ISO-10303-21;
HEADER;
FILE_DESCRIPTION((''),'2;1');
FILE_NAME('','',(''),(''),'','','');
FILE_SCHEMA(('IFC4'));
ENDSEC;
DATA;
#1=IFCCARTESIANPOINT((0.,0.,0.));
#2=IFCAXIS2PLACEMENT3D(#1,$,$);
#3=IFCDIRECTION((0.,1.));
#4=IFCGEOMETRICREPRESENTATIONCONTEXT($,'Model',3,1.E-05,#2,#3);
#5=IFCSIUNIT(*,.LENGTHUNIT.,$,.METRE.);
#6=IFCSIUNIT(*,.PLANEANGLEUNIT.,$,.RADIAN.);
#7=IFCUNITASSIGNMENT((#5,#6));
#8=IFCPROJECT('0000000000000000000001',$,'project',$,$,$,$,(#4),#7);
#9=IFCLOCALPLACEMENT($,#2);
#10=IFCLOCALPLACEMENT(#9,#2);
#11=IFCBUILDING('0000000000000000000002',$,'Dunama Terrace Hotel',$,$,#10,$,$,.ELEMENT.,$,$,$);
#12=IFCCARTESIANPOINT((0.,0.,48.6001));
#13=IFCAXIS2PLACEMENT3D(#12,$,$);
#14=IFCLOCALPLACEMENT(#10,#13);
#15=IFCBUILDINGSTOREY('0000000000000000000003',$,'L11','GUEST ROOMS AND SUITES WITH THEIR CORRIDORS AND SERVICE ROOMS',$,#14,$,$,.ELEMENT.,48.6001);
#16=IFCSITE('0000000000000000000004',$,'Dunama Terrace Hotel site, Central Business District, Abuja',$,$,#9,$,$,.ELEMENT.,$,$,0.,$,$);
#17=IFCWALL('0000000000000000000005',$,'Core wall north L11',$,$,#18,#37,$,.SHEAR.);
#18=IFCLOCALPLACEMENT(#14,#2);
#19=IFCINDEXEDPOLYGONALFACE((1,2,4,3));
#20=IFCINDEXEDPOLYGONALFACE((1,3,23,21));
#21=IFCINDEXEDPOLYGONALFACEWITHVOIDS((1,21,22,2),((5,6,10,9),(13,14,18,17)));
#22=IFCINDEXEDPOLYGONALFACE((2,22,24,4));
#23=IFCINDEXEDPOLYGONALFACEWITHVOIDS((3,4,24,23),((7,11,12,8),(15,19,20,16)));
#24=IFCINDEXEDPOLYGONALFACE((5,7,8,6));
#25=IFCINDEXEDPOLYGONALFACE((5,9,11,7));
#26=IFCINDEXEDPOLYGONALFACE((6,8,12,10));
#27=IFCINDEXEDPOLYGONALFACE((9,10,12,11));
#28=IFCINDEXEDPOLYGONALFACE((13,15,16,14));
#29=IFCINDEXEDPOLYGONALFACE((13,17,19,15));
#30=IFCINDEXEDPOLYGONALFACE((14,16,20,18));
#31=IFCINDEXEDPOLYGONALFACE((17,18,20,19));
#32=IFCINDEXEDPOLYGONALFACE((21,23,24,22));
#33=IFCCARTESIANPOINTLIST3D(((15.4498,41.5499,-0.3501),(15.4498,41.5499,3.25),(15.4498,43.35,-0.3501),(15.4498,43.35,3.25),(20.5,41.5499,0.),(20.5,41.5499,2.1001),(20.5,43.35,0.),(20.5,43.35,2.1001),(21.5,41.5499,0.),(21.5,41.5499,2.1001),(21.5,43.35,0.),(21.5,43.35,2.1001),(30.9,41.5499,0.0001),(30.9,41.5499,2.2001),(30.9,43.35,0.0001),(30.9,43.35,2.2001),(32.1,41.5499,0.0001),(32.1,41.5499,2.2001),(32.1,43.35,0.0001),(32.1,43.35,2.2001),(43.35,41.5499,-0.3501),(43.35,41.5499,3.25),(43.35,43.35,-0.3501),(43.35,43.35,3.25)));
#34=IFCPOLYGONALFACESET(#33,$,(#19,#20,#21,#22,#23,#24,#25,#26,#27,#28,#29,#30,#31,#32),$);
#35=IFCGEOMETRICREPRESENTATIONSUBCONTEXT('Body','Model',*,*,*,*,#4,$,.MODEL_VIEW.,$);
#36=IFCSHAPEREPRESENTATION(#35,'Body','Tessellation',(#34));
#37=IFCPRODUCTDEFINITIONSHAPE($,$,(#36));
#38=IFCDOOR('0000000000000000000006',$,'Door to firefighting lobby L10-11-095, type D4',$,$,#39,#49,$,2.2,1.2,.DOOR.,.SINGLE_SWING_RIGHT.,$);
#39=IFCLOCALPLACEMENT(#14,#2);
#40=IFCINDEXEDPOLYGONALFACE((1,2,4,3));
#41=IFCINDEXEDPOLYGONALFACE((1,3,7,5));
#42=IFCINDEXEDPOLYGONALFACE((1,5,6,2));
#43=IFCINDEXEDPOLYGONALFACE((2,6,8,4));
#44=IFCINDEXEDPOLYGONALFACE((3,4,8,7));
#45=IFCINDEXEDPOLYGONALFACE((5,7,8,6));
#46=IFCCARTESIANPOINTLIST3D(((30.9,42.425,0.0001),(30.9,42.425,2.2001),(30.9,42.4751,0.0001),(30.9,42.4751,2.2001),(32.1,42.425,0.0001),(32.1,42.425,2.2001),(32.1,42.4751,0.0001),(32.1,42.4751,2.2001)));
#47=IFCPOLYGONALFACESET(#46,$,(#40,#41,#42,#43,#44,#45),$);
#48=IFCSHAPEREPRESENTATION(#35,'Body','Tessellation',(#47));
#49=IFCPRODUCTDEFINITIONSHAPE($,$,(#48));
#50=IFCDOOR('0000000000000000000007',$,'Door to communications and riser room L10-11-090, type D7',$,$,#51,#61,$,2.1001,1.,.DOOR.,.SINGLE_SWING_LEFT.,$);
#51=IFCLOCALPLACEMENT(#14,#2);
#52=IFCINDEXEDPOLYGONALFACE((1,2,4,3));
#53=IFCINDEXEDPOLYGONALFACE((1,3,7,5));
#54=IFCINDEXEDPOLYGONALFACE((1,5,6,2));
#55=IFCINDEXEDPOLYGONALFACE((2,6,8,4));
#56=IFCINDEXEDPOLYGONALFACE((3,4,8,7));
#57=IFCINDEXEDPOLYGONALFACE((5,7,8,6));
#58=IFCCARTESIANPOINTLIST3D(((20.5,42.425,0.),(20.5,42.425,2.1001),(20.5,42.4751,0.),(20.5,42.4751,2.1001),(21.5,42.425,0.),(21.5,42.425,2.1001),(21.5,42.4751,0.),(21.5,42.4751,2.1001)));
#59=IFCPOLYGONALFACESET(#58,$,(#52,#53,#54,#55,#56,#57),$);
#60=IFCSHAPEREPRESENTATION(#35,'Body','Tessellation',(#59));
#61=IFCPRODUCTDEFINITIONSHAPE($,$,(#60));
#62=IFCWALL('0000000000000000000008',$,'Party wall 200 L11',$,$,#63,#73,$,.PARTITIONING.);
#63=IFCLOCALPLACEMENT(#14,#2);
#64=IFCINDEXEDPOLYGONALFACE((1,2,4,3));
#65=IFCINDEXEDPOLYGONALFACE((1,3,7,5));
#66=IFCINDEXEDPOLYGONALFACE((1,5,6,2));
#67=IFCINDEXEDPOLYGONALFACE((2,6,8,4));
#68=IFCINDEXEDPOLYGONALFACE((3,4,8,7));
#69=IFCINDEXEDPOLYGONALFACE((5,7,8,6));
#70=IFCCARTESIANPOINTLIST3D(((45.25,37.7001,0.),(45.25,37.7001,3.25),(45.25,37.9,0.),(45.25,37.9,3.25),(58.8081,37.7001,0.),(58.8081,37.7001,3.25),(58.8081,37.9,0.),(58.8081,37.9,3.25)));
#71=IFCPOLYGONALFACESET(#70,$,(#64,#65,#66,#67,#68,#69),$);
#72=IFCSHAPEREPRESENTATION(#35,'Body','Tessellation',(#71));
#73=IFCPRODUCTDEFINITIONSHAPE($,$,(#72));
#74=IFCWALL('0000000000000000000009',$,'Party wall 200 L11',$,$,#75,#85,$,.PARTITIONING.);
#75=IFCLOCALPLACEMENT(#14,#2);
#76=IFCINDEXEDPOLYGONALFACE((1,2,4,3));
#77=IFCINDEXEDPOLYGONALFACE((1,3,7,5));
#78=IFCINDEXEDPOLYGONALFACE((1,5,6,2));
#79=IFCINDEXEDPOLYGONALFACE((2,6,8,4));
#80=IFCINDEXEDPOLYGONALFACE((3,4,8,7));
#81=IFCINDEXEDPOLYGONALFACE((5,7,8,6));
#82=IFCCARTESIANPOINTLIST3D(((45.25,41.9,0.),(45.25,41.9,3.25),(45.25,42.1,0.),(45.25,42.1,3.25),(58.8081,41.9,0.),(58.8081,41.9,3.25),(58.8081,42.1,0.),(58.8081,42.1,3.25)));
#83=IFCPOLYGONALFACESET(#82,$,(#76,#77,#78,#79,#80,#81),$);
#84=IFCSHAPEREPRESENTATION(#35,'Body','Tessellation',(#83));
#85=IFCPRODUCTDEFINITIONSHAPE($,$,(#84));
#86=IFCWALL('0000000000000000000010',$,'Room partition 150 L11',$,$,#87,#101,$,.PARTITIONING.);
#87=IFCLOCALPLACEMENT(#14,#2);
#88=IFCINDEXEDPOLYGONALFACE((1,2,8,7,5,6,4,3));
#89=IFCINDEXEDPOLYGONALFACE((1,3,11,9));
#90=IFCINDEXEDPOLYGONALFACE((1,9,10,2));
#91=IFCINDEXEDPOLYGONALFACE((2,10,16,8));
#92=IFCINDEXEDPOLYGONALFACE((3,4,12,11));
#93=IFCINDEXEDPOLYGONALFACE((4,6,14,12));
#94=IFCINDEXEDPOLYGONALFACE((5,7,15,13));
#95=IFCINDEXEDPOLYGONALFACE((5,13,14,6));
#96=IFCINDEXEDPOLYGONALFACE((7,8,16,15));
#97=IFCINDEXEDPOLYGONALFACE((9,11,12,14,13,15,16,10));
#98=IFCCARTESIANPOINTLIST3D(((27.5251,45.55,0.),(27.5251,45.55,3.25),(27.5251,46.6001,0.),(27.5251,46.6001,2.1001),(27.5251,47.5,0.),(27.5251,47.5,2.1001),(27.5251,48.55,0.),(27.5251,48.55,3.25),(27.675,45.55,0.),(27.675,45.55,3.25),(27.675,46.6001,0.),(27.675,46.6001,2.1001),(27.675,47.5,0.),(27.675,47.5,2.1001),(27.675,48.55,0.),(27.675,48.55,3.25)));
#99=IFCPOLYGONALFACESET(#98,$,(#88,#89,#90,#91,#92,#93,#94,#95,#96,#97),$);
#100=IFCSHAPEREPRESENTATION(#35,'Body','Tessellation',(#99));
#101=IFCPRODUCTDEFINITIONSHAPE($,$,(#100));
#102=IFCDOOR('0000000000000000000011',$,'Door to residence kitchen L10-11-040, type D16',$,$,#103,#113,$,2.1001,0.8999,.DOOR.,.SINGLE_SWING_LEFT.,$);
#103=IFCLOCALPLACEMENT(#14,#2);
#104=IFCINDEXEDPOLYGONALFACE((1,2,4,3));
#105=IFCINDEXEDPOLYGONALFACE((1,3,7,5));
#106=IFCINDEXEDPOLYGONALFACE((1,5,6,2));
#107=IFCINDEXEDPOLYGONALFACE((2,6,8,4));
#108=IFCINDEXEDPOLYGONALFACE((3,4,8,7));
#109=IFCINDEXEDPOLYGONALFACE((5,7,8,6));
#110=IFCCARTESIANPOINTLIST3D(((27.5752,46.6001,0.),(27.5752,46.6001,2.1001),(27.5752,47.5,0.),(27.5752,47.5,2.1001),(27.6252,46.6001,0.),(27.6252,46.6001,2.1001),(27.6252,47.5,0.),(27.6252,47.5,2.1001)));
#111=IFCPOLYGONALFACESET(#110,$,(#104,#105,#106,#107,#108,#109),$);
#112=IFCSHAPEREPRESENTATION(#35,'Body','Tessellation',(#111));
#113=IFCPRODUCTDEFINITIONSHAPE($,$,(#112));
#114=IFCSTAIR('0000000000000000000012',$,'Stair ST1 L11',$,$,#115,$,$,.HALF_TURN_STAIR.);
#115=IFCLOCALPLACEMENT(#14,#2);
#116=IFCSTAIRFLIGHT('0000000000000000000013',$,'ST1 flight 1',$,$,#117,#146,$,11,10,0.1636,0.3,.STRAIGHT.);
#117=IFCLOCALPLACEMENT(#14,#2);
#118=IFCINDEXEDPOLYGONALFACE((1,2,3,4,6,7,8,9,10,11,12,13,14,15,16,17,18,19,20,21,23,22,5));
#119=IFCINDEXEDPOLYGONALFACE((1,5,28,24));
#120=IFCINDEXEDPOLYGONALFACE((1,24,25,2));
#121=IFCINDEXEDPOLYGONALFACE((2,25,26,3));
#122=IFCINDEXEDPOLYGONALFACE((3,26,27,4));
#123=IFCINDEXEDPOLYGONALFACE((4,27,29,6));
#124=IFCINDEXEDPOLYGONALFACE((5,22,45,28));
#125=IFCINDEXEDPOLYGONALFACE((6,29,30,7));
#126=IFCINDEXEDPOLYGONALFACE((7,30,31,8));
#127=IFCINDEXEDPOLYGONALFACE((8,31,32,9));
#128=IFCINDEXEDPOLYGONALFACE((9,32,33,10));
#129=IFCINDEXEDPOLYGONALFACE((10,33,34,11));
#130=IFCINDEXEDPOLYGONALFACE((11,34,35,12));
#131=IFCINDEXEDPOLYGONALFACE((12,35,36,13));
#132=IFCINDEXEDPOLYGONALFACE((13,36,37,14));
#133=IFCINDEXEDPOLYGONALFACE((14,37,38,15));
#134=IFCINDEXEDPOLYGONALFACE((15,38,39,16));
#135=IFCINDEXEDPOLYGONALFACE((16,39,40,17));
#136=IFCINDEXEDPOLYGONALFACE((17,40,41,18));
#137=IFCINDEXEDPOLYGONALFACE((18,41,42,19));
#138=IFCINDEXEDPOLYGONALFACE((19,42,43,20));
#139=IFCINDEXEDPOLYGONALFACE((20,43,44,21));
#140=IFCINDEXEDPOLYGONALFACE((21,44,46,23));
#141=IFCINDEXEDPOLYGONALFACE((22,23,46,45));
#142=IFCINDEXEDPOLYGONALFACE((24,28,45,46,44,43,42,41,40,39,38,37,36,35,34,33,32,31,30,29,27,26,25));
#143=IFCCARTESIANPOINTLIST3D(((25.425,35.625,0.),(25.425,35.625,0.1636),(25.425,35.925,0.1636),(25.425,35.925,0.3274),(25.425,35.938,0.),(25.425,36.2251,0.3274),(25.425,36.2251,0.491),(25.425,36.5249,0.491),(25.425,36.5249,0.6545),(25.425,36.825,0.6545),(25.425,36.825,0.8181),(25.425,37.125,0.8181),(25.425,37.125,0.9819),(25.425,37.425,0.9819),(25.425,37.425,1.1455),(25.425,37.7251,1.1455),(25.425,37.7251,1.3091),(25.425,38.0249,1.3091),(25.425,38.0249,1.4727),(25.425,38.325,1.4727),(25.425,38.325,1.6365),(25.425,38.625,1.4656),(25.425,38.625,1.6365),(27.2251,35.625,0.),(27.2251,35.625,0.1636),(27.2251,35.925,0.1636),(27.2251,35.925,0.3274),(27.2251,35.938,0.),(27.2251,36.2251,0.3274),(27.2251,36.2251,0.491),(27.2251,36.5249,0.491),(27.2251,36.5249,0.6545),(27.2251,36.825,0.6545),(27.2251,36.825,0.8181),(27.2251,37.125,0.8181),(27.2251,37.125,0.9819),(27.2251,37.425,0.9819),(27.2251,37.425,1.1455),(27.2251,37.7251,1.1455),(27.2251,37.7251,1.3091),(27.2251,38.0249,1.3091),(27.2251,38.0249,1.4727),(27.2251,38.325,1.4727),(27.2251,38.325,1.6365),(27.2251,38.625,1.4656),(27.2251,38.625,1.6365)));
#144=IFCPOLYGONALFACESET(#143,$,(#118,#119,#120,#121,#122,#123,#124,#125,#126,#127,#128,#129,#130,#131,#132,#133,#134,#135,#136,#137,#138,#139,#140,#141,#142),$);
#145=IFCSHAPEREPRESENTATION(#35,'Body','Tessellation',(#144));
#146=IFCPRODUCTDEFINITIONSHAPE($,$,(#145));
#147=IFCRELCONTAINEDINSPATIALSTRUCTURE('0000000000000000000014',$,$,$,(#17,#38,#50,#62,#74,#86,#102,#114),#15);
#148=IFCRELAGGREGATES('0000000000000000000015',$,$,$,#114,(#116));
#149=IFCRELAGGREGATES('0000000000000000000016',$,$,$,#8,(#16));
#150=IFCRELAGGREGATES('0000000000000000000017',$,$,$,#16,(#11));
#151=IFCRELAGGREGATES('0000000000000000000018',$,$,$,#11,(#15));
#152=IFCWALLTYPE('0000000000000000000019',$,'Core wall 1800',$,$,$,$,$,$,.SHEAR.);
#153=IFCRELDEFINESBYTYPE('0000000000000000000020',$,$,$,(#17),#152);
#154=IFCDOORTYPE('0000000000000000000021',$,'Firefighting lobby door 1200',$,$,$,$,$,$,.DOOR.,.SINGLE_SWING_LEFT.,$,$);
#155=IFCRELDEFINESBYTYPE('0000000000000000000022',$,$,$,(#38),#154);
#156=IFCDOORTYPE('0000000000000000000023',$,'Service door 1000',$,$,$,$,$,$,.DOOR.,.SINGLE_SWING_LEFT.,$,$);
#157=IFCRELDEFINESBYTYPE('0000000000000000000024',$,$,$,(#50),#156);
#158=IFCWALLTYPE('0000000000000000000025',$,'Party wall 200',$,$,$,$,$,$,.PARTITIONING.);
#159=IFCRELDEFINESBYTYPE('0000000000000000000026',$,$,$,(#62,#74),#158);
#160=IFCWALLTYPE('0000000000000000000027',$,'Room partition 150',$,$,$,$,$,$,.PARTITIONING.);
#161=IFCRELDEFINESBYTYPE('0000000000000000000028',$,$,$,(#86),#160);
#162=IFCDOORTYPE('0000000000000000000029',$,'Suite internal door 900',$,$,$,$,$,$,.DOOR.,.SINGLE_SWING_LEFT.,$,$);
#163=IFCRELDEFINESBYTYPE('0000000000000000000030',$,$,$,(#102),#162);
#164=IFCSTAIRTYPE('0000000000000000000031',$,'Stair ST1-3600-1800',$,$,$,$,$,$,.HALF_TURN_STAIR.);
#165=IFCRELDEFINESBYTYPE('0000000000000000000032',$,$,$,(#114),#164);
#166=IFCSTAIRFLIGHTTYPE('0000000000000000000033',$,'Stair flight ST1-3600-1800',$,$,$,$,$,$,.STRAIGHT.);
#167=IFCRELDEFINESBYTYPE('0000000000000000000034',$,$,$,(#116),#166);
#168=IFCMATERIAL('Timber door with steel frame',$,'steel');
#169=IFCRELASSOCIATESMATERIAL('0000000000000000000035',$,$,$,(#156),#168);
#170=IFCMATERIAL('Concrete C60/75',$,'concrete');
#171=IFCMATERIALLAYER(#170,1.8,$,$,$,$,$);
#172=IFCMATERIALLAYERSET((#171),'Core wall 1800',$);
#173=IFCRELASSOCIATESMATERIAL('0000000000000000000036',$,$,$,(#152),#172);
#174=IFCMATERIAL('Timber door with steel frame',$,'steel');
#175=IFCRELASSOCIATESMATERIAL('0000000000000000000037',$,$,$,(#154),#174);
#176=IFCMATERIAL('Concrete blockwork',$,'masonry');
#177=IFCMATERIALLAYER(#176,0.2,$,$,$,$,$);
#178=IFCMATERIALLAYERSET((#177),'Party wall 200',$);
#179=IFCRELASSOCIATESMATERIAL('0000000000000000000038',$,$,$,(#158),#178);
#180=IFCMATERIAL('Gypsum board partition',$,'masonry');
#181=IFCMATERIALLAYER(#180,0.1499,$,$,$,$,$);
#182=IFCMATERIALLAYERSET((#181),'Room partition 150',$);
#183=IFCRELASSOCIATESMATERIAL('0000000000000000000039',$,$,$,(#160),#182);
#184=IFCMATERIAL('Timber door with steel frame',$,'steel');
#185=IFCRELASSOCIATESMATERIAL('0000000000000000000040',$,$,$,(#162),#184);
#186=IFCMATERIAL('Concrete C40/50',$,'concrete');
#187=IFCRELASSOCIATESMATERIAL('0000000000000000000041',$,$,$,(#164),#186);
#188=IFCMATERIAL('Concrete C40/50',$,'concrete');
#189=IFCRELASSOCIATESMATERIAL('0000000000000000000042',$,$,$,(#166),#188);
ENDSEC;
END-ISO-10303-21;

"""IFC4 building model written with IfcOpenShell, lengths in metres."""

from ifc_helpers import new_model, si_unit, direction, frame, frame_2d, origin, place, context, subcontext, project, spatial, polyline, rectangle, outline, extrude, material, layer, layer_set, type_object, element, fill, aggregate, save


model = new_model("IFC4")

# Units and contexts
model_context = context("Model", 3, precision=1e-05, world=origin(), true_north=direction((0.0, 1.0)))
body_context = subcontext(model_context, "Body", "Model", "MODEL_VIEW")
ifc_project = project(units=[si_unit("LENGTHUNIT", "METRE"), si_unit("PLANEANGLEUNIT", "RADIAN")], contexts=[model_context])

# Site, building, storey
site_placement = place(None, origin())
site = spatial("IfcSite", under=ifc_project, at=site_placement, Name="Dunama Terrace Hotel site, Central Business District, Abuja", CompositionType="ELEMENT", RefElevation=0.0)
building_placement = place(site_placement, origin())
building = spatial("IfcBuilding", under=site, at=building_placement, Name="Dunama Terrace Hotel", CompositionType="ELEMENT")
storey_placement = place(building_placement, frame((0.0, 0.0, 48.6001)))
storey = spatial("IfcBuildingStorey", under=building, at=storey_placement, Name="L11", Description="GUEST ROOMS AND SUITES WITH THEIR CORRIDORS AND SERVICE ROOMS", CompositionType="ELEMENT", Elevation=48.6001)

# Shared definitions
ifc_material_1 = material(Name="Timber door with steel frame", Category="steel")
door_type_1 = type_object("IfcDoorType", Name="Service door 1000", OperationType="SINGLE_SWING_LEFT", PredefinedType="DOOR", material=ifc_material_1)

# Wall, openings, doors
ifc_material_2 = material(Name="Concrete C60/75", Category="concrete")
ifc_layer_1 = layer(ifc_material_2, 1.8)
ifc_layer_set_1 = layer_set([ifc_layer_1], Name="Core wall 1800")
wall_type_1 = type_object("IfcWallType", Name="Core wall 1800", PredefinedType="SHEAR", material=ifc_layer_set_1)
wall_1_placement = place(storey_placement, frame((43.3501, 42.45, -0.3501), z_axis=(0.0, 0.0, 1.0), x_axis=(-1.0, 0.0, 0.0)))
wall_1 = element("IfcWall", 1, at=wall_1_placement, inside=storey, type_object=wall_type_1, Name="Core wall north L11", PredefinedType="SHEAR", context=body_context, shape_type="SweptSolid", body=[
    extrude(rectangle(XDim=27.9001, YDim=1.8, at=frame_2d((13.9502, 0.0))), origin(), (0.0, 0.0, 1.0), 3.6001),
])
opening_1_placement = place(wall_1_placement, frame((21.8501, 0.0, 0.3501)))
opening_1 = element("IfcOpeningElement", 2, at=opening_1_placement, cuts=wall_1, PredefinedType="OPENING", context=body_context, shape_type="SweptSolid", body=[
    extrude(rectangle(XDim=1.0, YDim=2.1001, at=frame_2d((0.5, 1.05))), frame((0.0, 0.9099, 0.0), z_axis=(0.0, -1.0, 0.0), x_axis=(1.0, 0.0, 0.0)), (0.0, 0.0, 1.0), 1.8201),
])
opening_2_placement = place(wall_1_placement, frame((11.25, 0.0, 0.3501)))
opening_2 = element("IfcOpeningElement", 3, at=opening_2_placement, cuts=wall_1, PredefinedType="OPENING", context=body_context, shape_type="SweptSolid", body=[
    extrude(rectangle(XDim=1.2, YDim=2.2, at=frame_2d((0.6001, 1.1001))), frame((0.0, 0.9099, 0.0), z_axis=(0.0, -1.0, 0.0), x_axis=(1.0, 0.0, 0.0)), (0.0, 0.0, 1.0), 1.8201),
])
ifc_material_3 = material(Name="Timber door with steel frame", Category="steel")
door_type_2 = type_object("IfcDoorType", Name="Firefighting lobby door 1200", OperationType="SINGLE_SWING_LEFT", PredefinedType="DOOR", material=ifc_material_3)
door_1_placement = place(opening_2_placement, origin())
door_1 = element("IfcDoor", 4, at=door_1_placement, inside=storey, type_object=door_type_2, Name="Door to firefighting lobby L10-11-095, type D4", OperationType="SINGLE_SWING_RIGHT", OverallHeight=2.2, OverallWidth=1.2, PredefinedType="DOOR", context=body_context, shape_type="SweptSolid", body=[
    extrude(rectangle(XDim=1.2, YDim=2.2, at=frame_2d((0.6001, 1.1001))), frame((0.0, 0.0249, 0.0), z_axis=(0.0, -1.0, 0.0), x_axis=(1.0, 0.0, 0.0)), (0.0, 0.0, 1.0), 0.05),
])
fill(opening_2, door_1)
door_2_placement = place(opening_1_placement, origin())
door_2 = element("IfcDoor", 5, at=door_2_placement, inside=storey, type_object=door_type_1, Name="Door to communications and riser room L10-11-090, type D7", OperationType="SINGLE_SWING_LEFT", OverallHeight=2.1001, OverallWidth=1.0, PredefinedType="DOOR", context=body_context, shape_type="SweptSolid", body=[
    extrude(rectangle(XDim=1.0, YDim=2.1001, at=frame_2d((0.5, 1.05))), frame((0.0, 0.0249, 0.0), z_axis=(0.0, -1.0, 0.0), x_axis=(1.0, 0.0, 0.0)), (0.0, 0.0, 1.0), 0.05),
])
fill(opening_1, door_2)

# Walls
ifc_material_4 = material(Name="Concrete blockwork", Category="masonry")
ifc_layer_2 = layer(ifc_material_4, 0.2)
ifc_layer_set_2 = layer_set([ifc_layer_2], Name="Party wall 200")
wall_type_2 = type_object("IfcWallType", Name="Party wall 200", PredefinedType="PARTITIONING", material=ifc_layer_set_2)
for number, where, z_axis, x_axis, name in (
    (6, (45.25, 37.8, 0.0), (0.0, 0.0, 1.0), (1.0, 0.0, 0.0), "Party wall 200 L11"),
    (7, (45.25, 42.0, 0.0), (0.0, 0.0, 1.0), (1.0, 0.0, 0.0), "Party wall 200 L11"),
):
    element("IfcWall", number, at=place(storey_placement, frame(where, z_axis=z_axis, x_axis=x_axis)), inside=storey, type_object=wall_type_2, Name=name, PredefinedType="PARTITIONING", context=body_context, shape_type="SweptSolid", body=[
        extrude(rectangle(XDim=13.5581, YDim=0.2, at=frame_2d((6.7791, 0.0))), origin(), (0.0, 0.0, 1.0), 3.25),
    ])

# Wall, opening, door
ifc_material_5 = material(Name="Gypsum board partition", Category="masonry")
ifc_layer_3 = layer(ifc_material_5, 0.1499)
ifc_layer_set_3 = layer_set([ifc_layer_3], Name="Room partition 150")
wall_type_3 = type_object("IfcWallType", Name="Room partition 150", PredefinedType="PARTITIONING", material=ifc_layer_set_3)
wall_2_placement = place(storey_placement, frame((27.6001, 45.55, 0.0), z_axis=(0.0, 0.0, 1.0), x_axis=(0.0, 1.0, 0.0)))
wall_2 = element("IfcWall", 8, at=wall_2_placement, inside=storey, type_object=wall_type_3, Name="Room partition 150 L11", PredefinedType="PARTITIONING", context=body_context, shape_type="SweptSolid", body=[
    extrude(rectangle(XDim=3.0, YDim=0.1499, at=frame_2d((1.5, 0.0))), origin(), (0.0, 0.0, 1.0), 3.25),
])
opening_3_placement = place(wall_2_placement, frame((1.05, 0.0, 0.0)))
opening_3 = element("IfcOpeningElement", 9, at=opening_3_placement, cuts=wall_2, PredefinedType="OPENING", context=body_context, shape_type="SweptSolid", body=[
    extrude(rectangle(XDim=0.8999, YDim=2.1001, at=frame_2d((0.45, 1.05))), frame((0.0, 0.085, 0.0), z_axis=(0.0, -1.0, 0.0), x_axis=(1.0, 0.0, 0.0)), (0.0, 0.0, 1.0), 0.1699),
])
ifc_material_6 = material(Name="Timber door with steel frame", Category="steel")
door_type_3 = type_object("IfcDoorType", Name="Suite internal door 900", OperationType="SINGLE_SWING_LEFT", PredefinedType="DOOR", material=ifc_material_6)
door_3_placement = place(opening_3_placement, origin())
door_3 = element("IfcDoor", 10, at=door_3_placement, inside=storey, type_object=door_type_3, Name="Door to residence kitchen L10-11-040, type D16", OperationType="SINGLE_SWING_LEFT", OverallHeight=2.1001, OverallWidth=0.8999, PredefinedType="DOOR", context=body_context, shape_type="SweptSolid", body=[
    extrude(rectangle(XDim=0.8999, YDim=2.1001, at=frame_2d((0.45, 1.05))), frame((0.0, 0.0249, 0.0), z_axis=(0.0, -1.0, 0.0), x_axis=(1.0, 0.0, 0.0)), (0.0, 0.0, 1.0), 0.05),
])
fill(opening_3, door_3)

# Stair, stair flight
ifc_material_7 = material(Name="Concrete C40/50", Category="concrete")
stair_type = type_object("IfcStairType", Name="Stair ST1-3600-1800", PredefinedType="HALF_TURN_STAIR", material=ifc_material_7)
stair_placement = place(storey_placement, origin())
stair = element("IfcStair", 11, at=stair_placement, inside=storey, type_object=stair_type, Name="Stair ST1 L11", PredefinedType="HALF_TURN_STAIR")
ifc_material_8 = material(Name="Concrete C40/50", Category="concrete")
stair_flight_type = type_object("IfcStairFlightType", Name="Stair flight ST1-3600-1800", PredefinedType="STRAIGHT", material=ifc_material_8)
stair_flight_1_placement = place(storey_placement, frame((26.325, 35.625, 0.0), z_axis=(0.0, 0.0, 1.0), x_axis=(0.0, 1.0, 0.0)))
stair_flight_1 = element("IfcStairFlight", 12, at=stair_flight_1_placement, type_object=stair_flight_type, Name="ST1 flight 1", NumberOfRisers=11, NumberOfTreads=10, PredefinedType="STRAIGHT", RiserHeight=0.1636, TreadLength=0.3, context=body_context, shape_type="SweptSolid", body=[
    extrude(outline(polyline([(0.0, 0.0), (0.0, 0.1636), (0.3, 0.1636), (0.3, 0.3274), (0.6001, 0.3274), (0.6001, 0.491), (0.8999, 0.491), (0.8999, 0.6545), (1.2, 0.6545), (1.2, 0.8181), (1.5, 0.8181), (1.5, 0.9819), (1.8, 0.9819), (1.8, 1.1455), (2.1001, 1.1455), (2.1001, 1.3091), (2.3999, 1.3091), (2.3999, 1.4727), (2.7, 1.4727), (2.7, 1.6365), (3.0, 1.6365), (3.0, 1.8), (3.0, 1.4656), (0.313, 0.0), (0.0, 0.0)])), frame((0.0, 0.8999, 0.0), z_axis=(0.0, -1.0, 0.0), x_axis=(1.0, 0.0, 0.0)), (0.0, 0.0, 1.0), 1.8),
])
aggregate(stair, [stair_flight_1])

save(model, "model.ifc")
